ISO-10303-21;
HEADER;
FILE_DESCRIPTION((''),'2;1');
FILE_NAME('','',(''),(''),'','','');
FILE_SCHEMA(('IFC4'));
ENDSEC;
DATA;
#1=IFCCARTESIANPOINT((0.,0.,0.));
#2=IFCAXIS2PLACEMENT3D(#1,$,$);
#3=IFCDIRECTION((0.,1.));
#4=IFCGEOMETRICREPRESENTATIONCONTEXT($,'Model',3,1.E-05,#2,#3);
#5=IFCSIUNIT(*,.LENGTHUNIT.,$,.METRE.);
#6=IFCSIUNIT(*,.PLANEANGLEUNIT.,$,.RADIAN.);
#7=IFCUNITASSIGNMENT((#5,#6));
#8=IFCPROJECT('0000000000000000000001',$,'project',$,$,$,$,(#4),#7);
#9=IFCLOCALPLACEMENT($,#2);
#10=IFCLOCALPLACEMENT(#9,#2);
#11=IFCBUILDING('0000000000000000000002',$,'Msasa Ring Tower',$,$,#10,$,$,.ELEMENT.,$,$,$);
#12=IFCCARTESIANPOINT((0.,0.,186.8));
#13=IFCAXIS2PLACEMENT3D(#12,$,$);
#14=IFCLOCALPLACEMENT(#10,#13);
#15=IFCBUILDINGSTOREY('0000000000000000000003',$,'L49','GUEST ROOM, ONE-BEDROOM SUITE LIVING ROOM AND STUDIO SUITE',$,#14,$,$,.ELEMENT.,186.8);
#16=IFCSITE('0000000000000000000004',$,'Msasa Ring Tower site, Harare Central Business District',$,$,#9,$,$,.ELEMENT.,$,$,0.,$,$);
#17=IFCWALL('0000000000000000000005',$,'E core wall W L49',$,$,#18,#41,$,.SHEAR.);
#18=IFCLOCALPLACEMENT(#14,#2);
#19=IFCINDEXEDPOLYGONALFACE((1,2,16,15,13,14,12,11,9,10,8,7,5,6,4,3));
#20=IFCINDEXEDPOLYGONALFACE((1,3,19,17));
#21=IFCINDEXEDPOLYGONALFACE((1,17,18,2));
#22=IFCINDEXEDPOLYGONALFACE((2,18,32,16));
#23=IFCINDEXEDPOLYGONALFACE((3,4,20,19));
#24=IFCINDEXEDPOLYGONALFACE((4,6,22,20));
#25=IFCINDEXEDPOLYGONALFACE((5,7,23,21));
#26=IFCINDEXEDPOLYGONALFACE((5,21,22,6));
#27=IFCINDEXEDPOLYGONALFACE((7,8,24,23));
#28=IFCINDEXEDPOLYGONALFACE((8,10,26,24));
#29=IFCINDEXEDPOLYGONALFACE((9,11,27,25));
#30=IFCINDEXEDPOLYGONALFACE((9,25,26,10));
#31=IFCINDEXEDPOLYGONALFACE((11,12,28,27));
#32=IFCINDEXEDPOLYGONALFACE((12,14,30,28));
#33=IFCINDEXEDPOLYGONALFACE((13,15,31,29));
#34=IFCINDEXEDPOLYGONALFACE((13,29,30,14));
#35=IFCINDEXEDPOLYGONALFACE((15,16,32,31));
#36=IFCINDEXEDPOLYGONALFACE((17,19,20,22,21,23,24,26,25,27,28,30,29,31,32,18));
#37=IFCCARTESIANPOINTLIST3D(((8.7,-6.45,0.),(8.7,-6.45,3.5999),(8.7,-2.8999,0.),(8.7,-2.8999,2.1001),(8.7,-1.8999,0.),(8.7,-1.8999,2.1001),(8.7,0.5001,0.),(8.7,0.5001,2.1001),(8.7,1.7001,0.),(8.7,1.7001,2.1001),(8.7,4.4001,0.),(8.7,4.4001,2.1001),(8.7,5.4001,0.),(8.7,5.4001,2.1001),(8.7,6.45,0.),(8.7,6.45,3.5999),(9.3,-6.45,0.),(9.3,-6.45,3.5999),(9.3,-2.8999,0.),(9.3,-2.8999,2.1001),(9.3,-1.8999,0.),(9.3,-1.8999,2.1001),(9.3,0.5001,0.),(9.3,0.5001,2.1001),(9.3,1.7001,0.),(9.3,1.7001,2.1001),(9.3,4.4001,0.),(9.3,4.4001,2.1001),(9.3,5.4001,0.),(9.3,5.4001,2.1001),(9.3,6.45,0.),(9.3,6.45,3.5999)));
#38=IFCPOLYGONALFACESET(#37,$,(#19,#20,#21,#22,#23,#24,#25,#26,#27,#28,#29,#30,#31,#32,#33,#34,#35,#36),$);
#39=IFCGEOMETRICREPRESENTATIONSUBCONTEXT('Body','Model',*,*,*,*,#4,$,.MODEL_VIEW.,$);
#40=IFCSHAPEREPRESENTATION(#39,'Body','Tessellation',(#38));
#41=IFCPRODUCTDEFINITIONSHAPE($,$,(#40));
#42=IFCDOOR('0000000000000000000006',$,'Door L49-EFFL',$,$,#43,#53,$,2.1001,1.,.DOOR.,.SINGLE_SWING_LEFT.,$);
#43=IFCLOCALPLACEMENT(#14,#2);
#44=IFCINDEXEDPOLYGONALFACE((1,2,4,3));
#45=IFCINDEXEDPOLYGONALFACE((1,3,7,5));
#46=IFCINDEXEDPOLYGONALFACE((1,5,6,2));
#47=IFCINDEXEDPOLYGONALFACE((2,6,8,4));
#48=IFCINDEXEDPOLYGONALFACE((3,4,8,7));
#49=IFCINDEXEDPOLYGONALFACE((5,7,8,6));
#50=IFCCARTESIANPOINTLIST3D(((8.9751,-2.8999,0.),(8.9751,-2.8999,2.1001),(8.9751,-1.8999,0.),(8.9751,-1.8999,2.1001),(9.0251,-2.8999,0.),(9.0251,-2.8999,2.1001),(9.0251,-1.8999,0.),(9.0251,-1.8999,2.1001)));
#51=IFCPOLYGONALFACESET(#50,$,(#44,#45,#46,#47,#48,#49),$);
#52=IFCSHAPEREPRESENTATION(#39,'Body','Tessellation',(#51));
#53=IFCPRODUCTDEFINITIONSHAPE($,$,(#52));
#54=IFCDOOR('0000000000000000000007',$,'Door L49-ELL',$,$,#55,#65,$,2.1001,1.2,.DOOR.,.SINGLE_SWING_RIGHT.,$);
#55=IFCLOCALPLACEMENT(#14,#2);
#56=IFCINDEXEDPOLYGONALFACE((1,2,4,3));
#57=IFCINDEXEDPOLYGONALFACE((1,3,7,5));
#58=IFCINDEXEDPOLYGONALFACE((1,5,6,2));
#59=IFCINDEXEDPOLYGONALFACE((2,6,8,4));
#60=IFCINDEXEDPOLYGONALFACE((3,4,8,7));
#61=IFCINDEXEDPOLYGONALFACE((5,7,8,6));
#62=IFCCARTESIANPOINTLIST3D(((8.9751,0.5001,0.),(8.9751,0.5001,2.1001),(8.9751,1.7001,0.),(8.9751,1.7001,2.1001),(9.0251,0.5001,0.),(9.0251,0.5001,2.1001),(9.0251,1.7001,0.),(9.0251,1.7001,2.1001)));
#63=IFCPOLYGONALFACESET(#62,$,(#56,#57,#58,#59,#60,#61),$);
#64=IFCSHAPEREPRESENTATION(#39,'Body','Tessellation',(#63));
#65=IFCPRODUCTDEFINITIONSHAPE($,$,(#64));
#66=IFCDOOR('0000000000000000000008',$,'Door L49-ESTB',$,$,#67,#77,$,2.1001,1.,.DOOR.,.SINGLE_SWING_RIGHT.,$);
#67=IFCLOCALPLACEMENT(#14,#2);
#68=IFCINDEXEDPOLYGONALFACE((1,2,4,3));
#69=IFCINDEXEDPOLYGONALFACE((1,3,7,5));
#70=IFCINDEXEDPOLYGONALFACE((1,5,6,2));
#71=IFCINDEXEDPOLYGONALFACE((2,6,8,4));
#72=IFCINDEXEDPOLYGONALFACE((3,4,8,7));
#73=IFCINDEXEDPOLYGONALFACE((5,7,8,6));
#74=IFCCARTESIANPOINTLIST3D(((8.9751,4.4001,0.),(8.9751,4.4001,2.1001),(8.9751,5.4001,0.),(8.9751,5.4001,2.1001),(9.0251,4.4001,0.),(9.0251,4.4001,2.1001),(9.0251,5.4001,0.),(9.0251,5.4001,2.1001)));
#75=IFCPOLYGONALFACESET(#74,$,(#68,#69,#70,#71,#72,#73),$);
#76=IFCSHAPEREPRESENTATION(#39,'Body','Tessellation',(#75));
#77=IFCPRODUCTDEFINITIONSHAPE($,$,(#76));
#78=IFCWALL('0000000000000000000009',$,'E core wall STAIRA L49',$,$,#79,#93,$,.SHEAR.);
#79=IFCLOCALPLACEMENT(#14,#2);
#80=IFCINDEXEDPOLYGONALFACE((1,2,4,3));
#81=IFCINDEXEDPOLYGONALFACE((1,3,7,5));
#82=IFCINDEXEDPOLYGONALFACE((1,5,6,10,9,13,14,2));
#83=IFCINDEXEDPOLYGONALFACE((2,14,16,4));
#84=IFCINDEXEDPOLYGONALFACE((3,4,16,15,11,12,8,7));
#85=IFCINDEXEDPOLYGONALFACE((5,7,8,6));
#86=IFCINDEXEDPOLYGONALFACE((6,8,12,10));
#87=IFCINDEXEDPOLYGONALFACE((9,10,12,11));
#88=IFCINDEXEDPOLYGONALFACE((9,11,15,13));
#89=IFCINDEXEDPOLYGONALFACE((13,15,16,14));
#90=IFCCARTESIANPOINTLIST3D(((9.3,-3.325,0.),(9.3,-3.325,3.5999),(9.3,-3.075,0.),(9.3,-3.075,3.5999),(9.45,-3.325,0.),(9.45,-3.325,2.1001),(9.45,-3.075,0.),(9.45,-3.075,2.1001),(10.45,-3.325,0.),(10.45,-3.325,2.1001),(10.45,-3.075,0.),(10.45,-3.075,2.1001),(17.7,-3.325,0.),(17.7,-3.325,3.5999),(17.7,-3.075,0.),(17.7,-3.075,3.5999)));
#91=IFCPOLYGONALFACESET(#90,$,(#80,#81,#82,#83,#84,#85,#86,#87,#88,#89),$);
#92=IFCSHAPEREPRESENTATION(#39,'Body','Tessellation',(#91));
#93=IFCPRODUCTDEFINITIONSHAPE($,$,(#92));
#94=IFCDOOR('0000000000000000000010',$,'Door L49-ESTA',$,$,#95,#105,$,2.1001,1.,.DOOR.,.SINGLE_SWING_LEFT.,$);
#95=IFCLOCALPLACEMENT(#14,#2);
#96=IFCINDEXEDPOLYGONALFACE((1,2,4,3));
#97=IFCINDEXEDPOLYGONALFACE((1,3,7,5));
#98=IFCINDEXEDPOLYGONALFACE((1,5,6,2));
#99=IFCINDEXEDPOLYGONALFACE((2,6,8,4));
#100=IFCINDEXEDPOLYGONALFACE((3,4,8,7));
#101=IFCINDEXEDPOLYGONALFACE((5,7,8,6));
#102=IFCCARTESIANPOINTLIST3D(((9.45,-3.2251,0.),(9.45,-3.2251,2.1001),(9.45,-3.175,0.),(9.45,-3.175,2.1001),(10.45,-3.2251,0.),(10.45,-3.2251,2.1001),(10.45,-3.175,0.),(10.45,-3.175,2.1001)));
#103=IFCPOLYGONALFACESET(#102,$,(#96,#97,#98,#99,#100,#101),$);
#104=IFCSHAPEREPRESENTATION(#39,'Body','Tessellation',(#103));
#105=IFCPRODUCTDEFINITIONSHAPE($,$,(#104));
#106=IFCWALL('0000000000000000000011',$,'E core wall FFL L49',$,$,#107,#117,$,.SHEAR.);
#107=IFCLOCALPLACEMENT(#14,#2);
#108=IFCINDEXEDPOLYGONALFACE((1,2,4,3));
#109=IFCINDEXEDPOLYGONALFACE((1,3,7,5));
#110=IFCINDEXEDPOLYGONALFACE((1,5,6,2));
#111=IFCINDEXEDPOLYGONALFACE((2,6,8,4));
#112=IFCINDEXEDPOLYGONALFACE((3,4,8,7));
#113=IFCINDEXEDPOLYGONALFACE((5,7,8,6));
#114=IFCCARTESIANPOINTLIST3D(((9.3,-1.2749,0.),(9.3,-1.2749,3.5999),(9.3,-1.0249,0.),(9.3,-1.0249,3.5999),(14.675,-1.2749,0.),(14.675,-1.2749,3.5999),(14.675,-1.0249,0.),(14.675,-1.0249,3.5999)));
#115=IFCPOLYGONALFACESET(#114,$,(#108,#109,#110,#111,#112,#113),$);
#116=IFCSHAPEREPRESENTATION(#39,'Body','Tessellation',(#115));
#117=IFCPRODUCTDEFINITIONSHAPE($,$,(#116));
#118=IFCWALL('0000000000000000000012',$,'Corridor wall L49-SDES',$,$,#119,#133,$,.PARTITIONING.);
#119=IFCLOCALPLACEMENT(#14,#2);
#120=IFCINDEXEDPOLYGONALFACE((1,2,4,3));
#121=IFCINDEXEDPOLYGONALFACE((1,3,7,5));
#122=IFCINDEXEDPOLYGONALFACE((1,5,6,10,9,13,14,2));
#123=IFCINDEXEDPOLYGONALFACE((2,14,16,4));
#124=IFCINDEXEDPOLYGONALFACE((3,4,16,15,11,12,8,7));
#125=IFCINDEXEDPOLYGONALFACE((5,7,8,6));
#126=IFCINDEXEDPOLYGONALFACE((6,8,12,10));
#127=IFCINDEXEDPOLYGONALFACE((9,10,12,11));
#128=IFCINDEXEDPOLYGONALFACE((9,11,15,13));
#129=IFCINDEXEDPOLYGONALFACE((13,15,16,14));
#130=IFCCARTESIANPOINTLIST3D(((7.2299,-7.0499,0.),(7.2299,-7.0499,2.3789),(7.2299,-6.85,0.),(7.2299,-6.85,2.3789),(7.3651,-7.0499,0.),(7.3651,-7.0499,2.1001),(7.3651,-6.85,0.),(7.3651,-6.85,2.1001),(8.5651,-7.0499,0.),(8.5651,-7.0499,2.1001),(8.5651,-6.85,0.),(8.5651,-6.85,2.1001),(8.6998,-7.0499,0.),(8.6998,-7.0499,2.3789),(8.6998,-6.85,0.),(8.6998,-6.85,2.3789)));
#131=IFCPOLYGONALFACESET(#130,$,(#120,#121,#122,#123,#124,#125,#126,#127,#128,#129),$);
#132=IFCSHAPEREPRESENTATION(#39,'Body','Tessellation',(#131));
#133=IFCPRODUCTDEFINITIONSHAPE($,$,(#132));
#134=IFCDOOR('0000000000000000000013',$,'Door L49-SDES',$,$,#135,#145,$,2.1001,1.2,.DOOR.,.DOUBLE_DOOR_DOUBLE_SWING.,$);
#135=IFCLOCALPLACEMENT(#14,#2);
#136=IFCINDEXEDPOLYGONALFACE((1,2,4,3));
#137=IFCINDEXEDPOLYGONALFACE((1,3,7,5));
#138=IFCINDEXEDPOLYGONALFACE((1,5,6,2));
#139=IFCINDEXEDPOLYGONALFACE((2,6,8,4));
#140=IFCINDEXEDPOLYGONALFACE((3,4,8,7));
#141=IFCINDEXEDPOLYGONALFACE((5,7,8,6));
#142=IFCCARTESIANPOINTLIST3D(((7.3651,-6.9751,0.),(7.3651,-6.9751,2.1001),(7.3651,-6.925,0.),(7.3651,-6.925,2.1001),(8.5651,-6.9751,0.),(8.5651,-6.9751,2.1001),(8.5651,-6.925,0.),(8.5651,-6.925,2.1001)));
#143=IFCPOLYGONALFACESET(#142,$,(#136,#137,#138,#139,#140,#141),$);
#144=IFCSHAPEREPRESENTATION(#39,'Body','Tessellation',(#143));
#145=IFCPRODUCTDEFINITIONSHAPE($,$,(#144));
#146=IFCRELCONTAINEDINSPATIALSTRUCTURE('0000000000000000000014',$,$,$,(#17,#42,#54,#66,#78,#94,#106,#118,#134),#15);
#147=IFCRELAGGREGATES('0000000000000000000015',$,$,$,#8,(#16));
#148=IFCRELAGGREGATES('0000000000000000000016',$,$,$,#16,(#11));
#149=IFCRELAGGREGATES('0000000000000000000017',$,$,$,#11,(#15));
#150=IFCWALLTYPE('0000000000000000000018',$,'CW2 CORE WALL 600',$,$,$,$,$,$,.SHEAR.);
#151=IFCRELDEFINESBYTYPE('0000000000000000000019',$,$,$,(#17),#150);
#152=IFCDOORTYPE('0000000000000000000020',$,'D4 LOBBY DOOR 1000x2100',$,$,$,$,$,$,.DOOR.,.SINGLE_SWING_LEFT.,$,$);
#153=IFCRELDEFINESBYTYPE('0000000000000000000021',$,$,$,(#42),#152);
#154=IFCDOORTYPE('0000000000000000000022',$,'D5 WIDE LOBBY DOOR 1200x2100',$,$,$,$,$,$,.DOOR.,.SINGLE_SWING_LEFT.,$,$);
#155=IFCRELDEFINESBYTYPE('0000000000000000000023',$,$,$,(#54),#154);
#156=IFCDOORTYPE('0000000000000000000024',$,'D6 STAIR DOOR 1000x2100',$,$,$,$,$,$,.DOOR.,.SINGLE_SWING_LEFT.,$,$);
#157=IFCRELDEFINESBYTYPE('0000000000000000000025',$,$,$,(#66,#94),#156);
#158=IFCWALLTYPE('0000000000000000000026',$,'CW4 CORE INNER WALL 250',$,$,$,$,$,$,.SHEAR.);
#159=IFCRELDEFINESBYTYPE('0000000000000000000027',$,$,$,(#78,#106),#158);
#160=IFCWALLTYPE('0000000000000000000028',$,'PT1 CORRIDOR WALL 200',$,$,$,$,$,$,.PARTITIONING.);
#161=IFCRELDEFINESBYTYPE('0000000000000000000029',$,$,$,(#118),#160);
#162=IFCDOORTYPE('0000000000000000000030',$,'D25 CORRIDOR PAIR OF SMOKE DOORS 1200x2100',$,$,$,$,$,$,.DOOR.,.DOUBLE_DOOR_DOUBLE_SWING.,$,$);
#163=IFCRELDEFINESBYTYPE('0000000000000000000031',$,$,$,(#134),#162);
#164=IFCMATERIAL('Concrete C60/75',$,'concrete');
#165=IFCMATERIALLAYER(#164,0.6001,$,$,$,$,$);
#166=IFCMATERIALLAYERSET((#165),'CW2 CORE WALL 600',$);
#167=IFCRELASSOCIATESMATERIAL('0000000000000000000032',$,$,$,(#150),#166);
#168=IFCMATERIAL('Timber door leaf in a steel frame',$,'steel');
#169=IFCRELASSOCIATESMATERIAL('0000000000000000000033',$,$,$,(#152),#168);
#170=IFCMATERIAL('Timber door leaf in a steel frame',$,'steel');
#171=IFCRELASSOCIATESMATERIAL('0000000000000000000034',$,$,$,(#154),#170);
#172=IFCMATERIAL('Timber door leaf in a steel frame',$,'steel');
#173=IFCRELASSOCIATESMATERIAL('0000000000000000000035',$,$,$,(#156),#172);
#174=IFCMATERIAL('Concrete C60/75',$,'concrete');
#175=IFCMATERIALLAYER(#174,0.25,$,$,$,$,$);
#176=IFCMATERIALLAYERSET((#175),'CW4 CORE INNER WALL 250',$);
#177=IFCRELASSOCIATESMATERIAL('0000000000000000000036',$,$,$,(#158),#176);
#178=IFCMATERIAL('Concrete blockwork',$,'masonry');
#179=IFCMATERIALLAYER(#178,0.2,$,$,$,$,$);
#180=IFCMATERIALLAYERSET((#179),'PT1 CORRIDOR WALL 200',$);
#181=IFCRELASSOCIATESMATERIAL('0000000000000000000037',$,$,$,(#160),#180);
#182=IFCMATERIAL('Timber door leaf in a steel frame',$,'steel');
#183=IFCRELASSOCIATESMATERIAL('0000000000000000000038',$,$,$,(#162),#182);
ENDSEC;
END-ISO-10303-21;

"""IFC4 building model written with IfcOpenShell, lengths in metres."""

from ifc_helpers import new_model, si_unit, direction, frame, frame_2d, origin, place, context, subcontext, project, spatial, rectangle, extrude, material, layer, layer_set, type_object, element, fill, save


model = new_model("IFC4")

# Units and contexts
model_context = context("Model", 3, precision=1e-05, world=origin(), true_north=direction((0.0, 1.0)))
body_context = subcontext(model_context, "Body", "Model", "MODEL_VIEW")
ifc_project = project(units=[si_unit("LENGTHUNIT", "METRE"), si_unit("PLANEANGLEUNIT", "RADIAN")], contexts=[model_context])

# Site, building, storey
site_placement = place(None, origin())
site = spatial("IfcSite", under=ifc_project, at=site_placement, Name="Msasa Ring Tower site, Harare Central Business District", CompositionType="ELEMENT", RefElevation=0.0)
building_placement = place(site_placement, origin())
building = spatial("IfcBuilding", under=site, at=building_placement, Name="Msasa Ring Tower", CompositionType="ELEMENT")
storey_placement = place(building_placement, frame((0.0, 0.0, 186.8)))
storey = spatial("IfcBuildingStorey", under=building, at=storey_placement, Name="L49", Description="GUEST ROOM, ONE-BEDROOM SUITE LIVING ROOM AND STUDIO SUITE", CompositionType="ELEMENT", Elevation=186.8)

# Shared definitions
ifc_material_1 = material(Name="Concrete C60/75", Category="concrete")
ifc_layer_1 = layer(ifc_material_1, 0.6001)
ifc_layer_set_1 = layer_set([ifc_layer_1], Name="CW2 CORE WALL 600")
wall_type_1 = type_object("IfcWallType", Name="CW2 CORE WALL 600", PredefinedType="SHEAR", material=ifc_layer_set_1)

# Wall, openings, doors
wall_1_placement = place(storey_placement, frame((9.0, -6.45, 0.0), z_axis=(0.0, 0.0, 1.0), x_axis=(0.0, 1.0, 0.0)))
wall_1 = element("IfcWall", 1, at=wall_1_placement, inside=storey, type_object=wall_type_1, Name="E core wall W L49", PredefinedType="SHEAR", context=body_context, shape_type="SweptSolid", body=[
    extrude(rectangle(XDim=12.8999, YDim=0.6001, at=frame_2d((6.45, 0.0))), origin(), (0.0, 0.0, 1.0), 3.5999),
])
opening_1_placement = place(wall_1_placement, frame((3.55, 0.0, 0.0)))
opening_1 = element("IfcOpeningElement", 2, at=opening_1_placement, cuts=wall_1, PredefinedType="OPENING", context=body_context, shape_type="SweptSolid", body=[
    extrude(rectangle(XDim=1.0, YDim=2.1001, at=frame_2d((0.5, 1.05))), frame((0.0, 0.3101, 0.0), z_axis=(0.0, -1.0, 0.0), x_axis=(1.0, 0.0, 0.0)), (0.0, 0.0, 1.0), 0.6201),
])
opening_2_placement = place(wall_1_placement, frame((6.95, 0.0, 0.0)))
opening_2 = element("IfcOpeningElement", 3, at=opening_2_placement, cuts=wall_1, PredefinedType="OPENING", context=body_context, shape_type="SweptSolid", body=[
    extrude(rectangle(XDim=1.2, YDim=2.1001, at=frame_2d((0.6001, 1.05))), frame((0.0, 0.3101, 0.0), z_axis=(0.0, -1.0, 0.0), x_axis=(1.0, 0.0, 0.0)), (0.0, 0.0, 1.0), 0.6201),
])
opening_3_placement = place(wall_1_placement, frame((10.8501, 0.0, 0.0)))
opening_3 = element("IfcOpeningElement", 4, at=opening_3_placement, cuts=wall_1, PredefinedType="OPENING", context=body_context, shape_type="SweptSolid", body=[
    extrude(rectangle(XDim=1.0, YDim=2.1001, at=frame_2d((0.5, 1.05))), frame((0.0, 0.3101, 0.0), z_axis=(0.0, -1.0, 0.0), x_axis=(1.0, 0.0, 0.0)), (0.0, 0.0, 1.0), 0.6201),
])
ifc_material_2 = material(Name="Timber door leaf in a steel frame", Category="steel")
door_type_1 = type_object("IfcDoorType", Name="D4 LOBBY DOOR 1000x2100", OperationType="SINGLE_SWING_LEFT", PredefinedType="DOOR", material=ifc_material_2)
door_1_placement = place(opening_1_placement, origin())
door_1 = element("IfcDoor", 5, at=door_1_placement, inside=storey, type_object=door_type_1, Name="Door L49-EFFL", OperationType="SINGLE_SWING_LEFT", OverallHeight=2.1001, OverallWidth=1.0, PredefinedType="DOOR", context=body_context, shape_type="SweptSolid", body=[
    extrude(rectangle(XDim=1.0, YDim=2.1001, at=frame_2d((0.5, 1.05))), frame((0.0, 0.0249, 0.0), z_axis=(0.0, -1.0, 0.0), x_axis=(1.0, 0.0, 0.0)), (0.0, 0.0, 1.0), 0.05),
])
fill(opening_1, door_1)
ifc_material_3 = material(Name="Timber door leaf in a steel frame", Category="steel")
door_type_2 = type_object("IfcDoorType", Name="D5 WIDE LOBBY DOOR 1200x2100", OperationType="SINGLE_SWING_LEFT", PredefinedType="DOOR", material=ifc_material_3)
door_2_placement = place(opening_2_placement, origin())
door_2 = element("IfcDoor", 6, at=door_2_placement, inside=storey, type_object=door_type_2, Name="Door L49-ELL", OperationType="SINGLE_SWING_RIGHT", OverallHeight=2.1001, OverallWidth=1.2, PredefinedType="DOOR", context=body_context, shape_type="SweptSolid", body=[
    extrude(rectangle(XDim=1.2, YDim=2.1001, at=frame_2d((0.6001, 1.05))), frame((0.0, 0.0249, 0.0), z_axis=(0.0, -1.0, 0.0), x_axis=(1.0, 0.0, 0.0)), (0.0, 0.0, 1.0), 0.05),
])
fill(opening_2, door_2)
ifc_material_4 = material(Name="Timber door leaf in a steel frame", Category="steel")
door_type_3 = type_object("IfcDoorType", Name="D6 STAIR DOOR 1000x2100", OperationType="SINGLE_SWING_LEFT", PredefinedType="DOOR", material=ifc_material_4)
door_3_placement = place(opening_3_placement, origin())
door_3 = element("IfcDoor", 7, at=door_3_placement, inside=storey, type_object=door_type_3, Name="Door L49-ESTB", OperationType="SINGLE_SWING_RIGHT", OverallHeight=2.1001, OverallWidth=1.0, PredefinedType="DOOR", context=body_context, shape_type="SweptSolid", body=[
    extrude(rectangle(XDim=1.0, YDim=2.1001, at=frame_2d((0.5, 1.05))), frame((0.0, 0.0249, 0.0), z_axis=(0.0, -1.0, 0.0), x_axis=(1.0, 0.0, 0.0)), (0.0, 0.0, 1.0), 0.05),
])
fill(opening_3, door_3)

# Wall, opening, door
ifc_material_5 = material(Name="Concrete C60/75", Category="concrete")
ifc_layer_2 = layer(ifc_material_5, 0.25)
ifc_layer_set_2 = layer_set([ifc_layer_2], Name="CW4 CORE INNER WALL 250")
wall_type_2 = type_object("IfcWallType", Name="CW4 CORE INNER WALL 250", PredefinedType="SHEAR", material=ifc_layer_set_2)
wall_2_placement = place(storey_placement, frame((9.3, -3.2, 0.0), z_axis=(0.0, 0.0, 1.0), x_axis=(1.0, 0.0, 0.0)))
wall_2 = element("IfcWall", 8, at=wall_2_placement, inside=storey, type_object=wall_type_2, Name="E core wall STAIRA L49", PredefinedType="SHEAR", context=body_context, shape_type="SweptSolid", body=[
    extrude(rectangle(XDim=8.3999, YDim=0.25, at=frame_2d((4.2, 0.0))), origin(), (0.0, 0.0, 1.0), 3.5999),
])
opening_4_placement = place(wall_2_placement, frame((0.1499, 0.0, 0.0)))
opening_4 = element("IfcOpeningElement", 9, at=opening_4_placement, cuts=wall_2, PredefinedType="OPENING", context=body_context, shape_type="SweptSolid", body=[
    extrude(rectangle(XDim=1.0, YDim=2.1001, at=frame_2d((0.5, 1.05))), frame((0.0, 0.135, 0.0), z_axis=(0.0, -1.0, 0.0), x_axis=(1.0, 0.0, 0.0)), (0.0, 0.0, 1.0), 0.27),
])
door_4_placement = place(opening_4_placement, origin())
door_4 = element("IfcDoor", 10, at=door_4_placement, inside=storey, type_object=door_type_3, Name="Door L49-ESTA", OperationType="SINGLE_SWING_LEFT", OverallHeight=2.1001, OverallWidth=1.0, PredefinedType="DOOR", context=body_context, shape_type="SweptSolid", body=[
    extrude(rectangle(XDim=1.0, YDim=2.1001, at=frame_2d((0.5, 1.05))), frame((0.0, 0.0249, 0.0), z_axis=(0.0, -1.0, 0.0), x_axis=(1.0, 0.0, 0.0)), (0.0, 0.0, 1.0), 0.05),
])
fill(opening_4, door_4)

# Wall
wall_3_placement = place(storey_placement, frame((9.3, -1.1499, 0.0), z_axis=(0.0, 0.0, 1.0), x_axis=(1.0, 0.0, 0.0)))
element("IfcWall", 11, at=wall_3_placement, inside=storey, type_object=wall_type_2, Name="E core wall FFL L49", PredefinedType="SHEAR", context=body_context, shape_type="SweptSolid", body=[
    extrude(rectangle(XDim=5.375, YDim=0.25, at=frame_2d((2.6875, 0.0))), origin(), (0.0, 0.0, 1.0), 3.5999),
])

# Wall, opening, door
ifc_material_6 = material(Name="Concrete blockwork", Category="masonry")
ifc_layer_3 = layer(ifc_material_6, 0.2)
ifc_layer_set_3 = layer_set([ifc_layer_3], Name="PT1 CORRIDOR WALL 200")
wall_type_3 = type_object("IfcWallType", Name="PT1 CORRIDOR WALL 200", PredefinedType="PARTITIONING", material=ifc_layer_set_3)
wall_4_placement = place(storey_placement, frame((7.23, -6.95, 0.0), z_axis=(0.0, 0.0, 1.0), x_axis=(1.0, 0.0, 0.0)))
wall_4 = element("IfcWall", 12, at=wall_4_placement, inside=storey, type_object=wall_type_3, Name="Corridor wall L49-SDES", PredefinedType="PARTITIONING", context=body_context, shape_type="SweptSolid", body=[
    extrude(rectangle(XDim=1.47, YDim=0.2, at=frame_2d((0.7349, 0.0))), origin(), (0.0, 0.0, 1.0), 2.3789),
])
opening_5_placement = place(wall_4_placement, frame((0.135, 0.0, 0.0)))
opening_5 = element("IfcOpeningElement", 13, at=opening_5_placement, cuts=wall_4, PredefinedType="OPENING", context=body_context, shape_type="SweptSolid", body=[
    extrude(rectangle(XDim=1.2, YDim=2.1001, at=frame_2d((0.6001, 1.05))), frame((0.0, 0.1099, 0.0), z_axis=(0.0, -1.0, 0.0), x_axis=(1.0, 0.0, 0.0)), (0.0, 0.0, 1.0), 0.22),
])
ifc_material_7 = material(Name="Timber door leaf in a steel frame", Category="steel")
door_type_4 = type_object("IfcDoorType", Name="D25 CORRIDOR PAIR OF SMOKE DOORS 1200x2100", OperationType="DOUBLE_DOOR_DOUBLE_SWING", PredefinedType="DOOR", material=ifc_material_7)
door_5_placement = place(opening_5_placement, origin())
door_5 = element("IfcDoor", 14, at=door_5_placement, inside=storey, type_object=door_type_4, Name="Door L49-SDES", OperationType="DOUBLE_DOOR_DOUBLE_SWING", OverallHeight=2.1001, OverallWidth=1.2, PredefinedType="DOOR", context=body_context, shape_type="SweptSolid", body=[
    extrude(rectangle(XDim=1.2, YDim=2.1001, at=frame_2d((0.6001, 1.05))), frame((0.0, 0.0249, 0.0), z_axis=(0.0, -1.0, 0.0), x_axis=(1.0, 0.0, 0.0)), (0.0, 0.0, 1.0), 0.05),
])
fill(opening_5, door_5)

save(model, "model.ifc")
